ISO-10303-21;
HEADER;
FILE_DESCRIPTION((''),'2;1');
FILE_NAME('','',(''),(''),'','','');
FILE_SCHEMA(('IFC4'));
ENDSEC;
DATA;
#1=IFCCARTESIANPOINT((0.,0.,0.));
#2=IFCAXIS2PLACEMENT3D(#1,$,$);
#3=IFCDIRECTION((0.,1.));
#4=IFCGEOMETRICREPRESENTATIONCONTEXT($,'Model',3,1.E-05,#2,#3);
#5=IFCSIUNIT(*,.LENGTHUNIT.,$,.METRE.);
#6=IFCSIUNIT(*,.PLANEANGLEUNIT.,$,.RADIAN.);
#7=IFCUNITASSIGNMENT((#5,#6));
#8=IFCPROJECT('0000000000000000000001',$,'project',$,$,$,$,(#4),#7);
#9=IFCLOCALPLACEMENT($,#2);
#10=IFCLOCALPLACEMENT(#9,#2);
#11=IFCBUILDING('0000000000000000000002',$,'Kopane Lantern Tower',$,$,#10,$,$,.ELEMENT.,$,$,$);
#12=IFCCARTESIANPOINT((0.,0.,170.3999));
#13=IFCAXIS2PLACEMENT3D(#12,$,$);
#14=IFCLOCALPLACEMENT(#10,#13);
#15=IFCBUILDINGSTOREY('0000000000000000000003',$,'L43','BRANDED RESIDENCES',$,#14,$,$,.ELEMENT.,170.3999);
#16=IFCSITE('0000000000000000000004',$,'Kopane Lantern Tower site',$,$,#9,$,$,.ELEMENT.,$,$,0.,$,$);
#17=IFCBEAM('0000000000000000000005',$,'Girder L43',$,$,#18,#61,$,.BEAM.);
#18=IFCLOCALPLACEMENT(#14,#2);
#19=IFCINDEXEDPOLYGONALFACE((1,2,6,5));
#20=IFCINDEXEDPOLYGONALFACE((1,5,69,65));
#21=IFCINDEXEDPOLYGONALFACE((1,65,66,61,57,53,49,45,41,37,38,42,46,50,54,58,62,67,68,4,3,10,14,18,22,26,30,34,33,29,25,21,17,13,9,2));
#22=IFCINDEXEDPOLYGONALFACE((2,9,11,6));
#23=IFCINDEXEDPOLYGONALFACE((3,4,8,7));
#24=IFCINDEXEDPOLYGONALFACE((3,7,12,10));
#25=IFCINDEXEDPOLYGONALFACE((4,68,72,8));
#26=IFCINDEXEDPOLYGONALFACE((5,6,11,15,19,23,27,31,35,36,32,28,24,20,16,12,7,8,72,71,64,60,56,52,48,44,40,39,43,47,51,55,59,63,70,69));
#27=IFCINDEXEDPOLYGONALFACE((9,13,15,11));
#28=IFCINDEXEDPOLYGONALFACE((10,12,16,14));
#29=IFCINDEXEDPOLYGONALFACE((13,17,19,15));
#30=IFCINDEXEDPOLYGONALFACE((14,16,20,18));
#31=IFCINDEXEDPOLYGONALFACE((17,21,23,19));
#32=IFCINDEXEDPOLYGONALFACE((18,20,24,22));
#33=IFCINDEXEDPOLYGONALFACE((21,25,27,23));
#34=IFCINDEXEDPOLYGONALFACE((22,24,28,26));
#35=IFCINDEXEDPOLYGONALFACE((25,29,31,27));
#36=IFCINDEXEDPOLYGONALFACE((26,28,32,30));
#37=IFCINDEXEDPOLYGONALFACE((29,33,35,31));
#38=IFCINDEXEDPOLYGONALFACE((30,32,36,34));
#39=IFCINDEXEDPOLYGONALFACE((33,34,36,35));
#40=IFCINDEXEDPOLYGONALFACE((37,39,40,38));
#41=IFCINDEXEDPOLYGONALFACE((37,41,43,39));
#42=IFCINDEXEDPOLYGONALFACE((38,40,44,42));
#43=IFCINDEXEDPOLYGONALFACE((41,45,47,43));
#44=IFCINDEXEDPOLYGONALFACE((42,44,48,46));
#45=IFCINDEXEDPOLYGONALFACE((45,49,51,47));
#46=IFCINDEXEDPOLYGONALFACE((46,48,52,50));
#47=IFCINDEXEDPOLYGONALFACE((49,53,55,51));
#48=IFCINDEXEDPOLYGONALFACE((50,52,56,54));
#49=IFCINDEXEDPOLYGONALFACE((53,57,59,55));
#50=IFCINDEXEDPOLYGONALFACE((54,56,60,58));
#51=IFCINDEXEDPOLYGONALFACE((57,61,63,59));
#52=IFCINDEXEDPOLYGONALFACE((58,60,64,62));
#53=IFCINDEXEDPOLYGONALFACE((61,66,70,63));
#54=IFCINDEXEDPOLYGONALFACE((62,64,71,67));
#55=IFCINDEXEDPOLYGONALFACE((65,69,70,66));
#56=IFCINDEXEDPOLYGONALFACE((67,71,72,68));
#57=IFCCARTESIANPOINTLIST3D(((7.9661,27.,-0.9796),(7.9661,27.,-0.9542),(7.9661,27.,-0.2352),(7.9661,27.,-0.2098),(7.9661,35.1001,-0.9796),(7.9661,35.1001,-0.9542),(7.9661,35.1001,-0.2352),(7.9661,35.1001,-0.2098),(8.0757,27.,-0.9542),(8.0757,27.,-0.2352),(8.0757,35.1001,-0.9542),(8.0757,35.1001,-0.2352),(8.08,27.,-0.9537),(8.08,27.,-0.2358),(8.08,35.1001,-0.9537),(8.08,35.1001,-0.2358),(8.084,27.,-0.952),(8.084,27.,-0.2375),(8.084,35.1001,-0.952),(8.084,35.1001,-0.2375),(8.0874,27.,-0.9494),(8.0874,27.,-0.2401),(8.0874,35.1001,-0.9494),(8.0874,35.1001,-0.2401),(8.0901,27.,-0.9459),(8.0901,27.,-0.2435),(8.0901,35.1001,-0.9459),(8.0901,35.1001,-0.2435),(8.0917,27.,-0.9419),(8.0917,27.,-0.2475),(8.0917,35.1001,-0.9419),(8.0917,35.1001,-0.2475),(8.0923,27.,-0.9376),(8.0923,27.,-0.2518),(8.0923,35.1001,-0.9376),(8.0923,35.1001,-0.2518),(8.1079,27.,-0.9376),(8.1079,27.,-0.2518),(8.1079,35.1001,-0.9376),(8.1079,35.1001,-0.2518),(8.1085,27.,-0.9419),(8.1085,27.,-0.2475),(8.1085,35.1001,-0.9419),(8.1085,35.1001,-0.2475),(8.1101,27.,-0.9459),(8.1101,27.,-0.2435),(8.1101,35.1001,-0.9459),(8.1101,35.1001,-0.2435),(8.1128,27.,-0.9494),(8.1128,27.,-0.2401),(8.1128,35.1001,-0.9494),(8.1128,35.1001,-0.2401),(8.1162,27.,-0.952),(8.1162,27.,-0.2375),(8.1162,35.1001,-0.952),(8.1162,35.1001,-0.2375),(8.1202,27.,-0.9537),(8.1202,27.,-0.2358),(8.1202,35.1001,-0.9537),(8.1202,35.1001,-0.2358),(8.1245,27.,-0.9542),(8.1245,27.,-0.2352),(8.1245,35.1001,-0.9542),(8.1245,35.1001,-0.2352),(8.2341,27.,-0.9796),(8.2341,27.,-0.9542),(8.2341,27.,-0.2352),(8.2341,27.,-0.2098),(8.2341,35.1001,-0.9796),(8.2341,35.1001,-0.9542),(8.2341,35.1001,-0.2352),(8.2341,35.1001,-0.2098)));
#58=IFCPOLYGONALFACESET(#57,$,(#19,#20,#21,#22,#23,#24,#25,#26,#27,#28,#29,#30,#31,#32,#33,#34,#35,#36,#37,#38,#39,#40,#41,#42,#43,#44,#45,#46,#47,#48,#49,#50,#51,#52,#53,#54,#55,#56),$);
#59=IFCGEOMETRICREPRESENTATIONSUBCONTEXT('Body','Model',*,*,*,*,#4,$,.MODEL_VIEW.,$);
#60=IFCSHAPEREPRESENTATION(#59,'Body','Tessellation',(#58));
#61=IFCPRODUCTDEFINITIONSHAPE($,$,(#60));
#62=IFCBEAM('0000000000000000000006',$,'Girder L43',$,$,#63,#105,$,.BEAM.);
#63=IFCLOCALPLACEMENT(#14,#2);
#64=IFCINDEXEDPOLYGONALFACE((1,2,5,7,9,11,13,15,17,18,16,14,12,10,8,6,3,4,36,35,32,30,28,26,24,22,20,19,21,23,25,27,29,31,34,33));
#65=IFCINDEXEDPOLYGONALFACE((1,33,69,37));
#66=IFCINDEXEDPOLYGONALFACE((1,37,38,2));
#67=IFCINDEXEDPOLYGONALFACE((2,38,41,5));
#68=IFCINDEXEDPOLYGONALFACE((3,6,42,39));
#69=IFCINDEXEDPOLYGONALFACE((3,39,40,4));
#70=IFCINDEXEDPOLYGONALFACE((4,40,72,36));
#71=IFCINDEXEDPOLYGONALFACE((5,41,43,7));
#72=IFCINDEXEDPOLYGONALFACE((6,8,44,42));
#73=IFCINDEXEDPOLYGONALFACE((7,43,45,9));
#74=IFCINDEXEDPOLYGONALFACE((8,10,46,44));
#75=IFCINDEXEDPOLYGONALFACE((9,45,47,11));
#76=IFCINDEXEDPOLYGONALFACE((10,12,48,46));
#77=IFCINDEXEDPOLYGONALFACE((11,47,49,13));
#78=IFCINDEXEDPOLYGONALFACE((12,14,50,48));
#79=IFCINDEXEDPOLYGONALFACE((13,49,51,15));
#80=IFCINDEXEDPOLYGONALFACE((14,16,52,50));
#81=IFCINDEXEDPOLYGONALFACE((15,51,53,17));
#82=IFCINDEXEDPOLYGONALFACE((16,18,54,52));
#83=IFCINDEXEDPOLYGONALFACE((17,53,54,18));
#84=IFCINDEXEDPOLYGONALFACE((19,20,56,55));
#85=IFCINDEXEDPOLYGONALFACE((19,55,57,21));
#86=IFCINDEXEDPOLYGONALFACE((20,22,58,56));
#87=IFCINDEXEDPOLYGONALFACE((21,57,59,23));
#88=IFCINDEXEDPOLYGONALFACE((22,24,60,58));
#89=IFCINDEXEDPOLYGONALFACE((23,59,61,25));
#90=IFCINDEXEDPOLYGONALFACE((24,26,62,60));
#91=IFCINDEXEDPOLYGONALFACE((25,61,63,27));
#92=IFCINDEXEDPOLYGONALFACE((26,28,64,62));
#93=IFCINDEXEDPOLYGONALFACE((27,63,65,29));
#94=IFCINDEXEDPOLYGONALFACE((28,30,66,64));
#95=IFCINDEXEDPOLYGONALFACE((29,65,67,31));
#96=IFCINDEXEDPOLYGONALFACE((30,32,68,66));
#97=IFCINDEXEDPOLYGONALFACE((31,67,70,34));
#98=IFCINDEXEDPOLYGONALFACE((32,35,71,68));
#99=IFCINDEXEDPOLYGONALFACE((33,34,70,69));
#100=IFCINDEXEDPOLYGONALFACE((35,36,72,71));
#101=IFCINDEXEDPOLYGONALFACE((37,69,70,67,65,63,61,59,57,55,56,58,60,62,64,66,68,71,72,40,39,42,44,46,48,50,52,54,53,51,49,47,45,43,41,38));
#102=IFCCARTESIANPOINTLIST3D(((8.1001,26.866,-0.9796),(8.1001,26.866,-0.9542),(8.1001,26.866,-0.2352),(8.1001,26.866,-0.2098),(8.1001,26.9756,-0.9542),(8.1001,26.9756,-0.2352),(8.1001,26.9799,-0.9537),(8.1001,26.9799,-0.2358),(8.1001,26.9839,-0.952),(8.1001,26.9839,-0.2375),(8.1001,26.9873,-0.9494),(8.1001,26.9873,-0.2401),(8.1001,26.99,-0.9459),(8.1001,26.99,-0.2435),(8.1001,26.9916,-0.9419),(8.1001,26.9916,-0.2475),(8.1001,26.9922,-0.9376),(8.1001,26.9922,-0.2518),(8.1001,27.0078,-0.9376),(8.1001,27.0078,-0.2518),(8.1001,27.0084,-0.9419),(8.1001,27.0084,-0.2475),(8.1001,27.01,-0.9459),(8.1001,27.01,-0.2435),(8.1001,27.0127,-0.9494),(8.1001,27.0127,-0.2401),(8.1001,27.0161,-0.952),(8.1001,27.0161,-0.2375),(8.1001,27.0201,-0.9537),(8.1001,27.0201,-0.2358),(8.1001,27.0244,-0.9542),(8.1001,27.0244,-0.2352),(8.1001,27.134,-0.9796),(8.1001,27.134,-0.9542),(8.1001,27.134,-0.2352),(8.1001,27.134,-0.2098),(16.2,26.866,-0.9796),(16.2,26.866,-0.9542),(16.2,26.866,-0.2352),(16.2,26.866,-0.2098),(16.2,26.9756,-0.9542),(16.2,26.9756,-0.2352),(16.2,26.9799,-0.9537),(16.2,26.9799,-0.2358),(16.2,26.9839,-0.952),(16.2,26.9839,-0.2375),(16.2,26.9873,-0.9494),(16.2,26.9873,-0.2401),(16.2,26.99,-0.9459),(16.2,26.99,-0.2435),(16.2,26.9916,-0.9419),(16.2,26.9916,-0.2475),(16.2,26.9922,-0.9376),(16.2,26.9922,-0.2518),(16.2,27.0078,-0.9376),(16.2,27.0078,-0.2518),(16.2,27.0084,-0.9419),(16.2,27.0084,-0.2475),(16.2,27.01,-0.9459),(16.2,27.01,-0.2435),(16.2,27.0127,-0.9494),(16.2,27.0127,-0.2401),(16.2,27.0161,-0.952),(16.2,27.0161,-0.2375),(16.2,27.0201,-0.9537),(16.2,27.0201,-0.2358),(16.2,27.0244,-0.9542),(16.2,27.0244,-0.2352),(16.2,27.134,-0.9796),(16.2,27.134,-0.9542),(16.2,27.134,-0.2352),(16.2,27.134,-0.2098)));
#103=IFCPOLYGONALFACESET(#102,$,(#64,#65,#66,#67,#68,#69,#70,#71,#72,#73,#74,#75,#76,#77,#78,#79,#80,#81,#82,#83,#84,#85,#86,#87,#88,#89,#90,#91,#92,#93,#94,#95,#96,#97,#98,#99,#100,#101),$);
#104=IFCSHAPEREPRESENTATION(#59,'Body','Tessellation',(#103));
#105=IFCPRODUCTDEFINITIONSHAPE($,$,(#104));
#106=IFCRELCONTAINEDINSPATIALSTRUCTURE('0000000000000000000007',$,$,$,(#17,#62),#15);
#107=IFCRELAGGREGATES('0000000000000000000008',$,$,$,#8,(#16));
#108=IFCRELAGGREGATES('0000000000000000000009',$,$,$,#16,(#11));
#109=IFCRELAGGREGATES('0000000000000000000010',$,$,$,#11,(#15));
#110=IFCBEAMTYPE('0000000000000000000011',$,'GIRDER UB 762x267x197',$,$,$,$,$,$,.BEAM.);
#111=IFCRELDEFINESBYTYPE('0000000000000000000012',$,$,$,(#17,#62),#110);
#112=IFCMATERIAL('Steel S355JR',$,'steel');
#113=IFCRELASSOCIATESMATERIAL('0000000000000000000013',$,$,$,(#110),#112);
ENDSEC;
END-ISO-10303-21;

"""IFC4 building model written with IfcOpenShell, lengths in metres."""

from ifc_helpers import new_model, si_unit, direction, frame, origin, origin_2d, place, context, subcontext, project, spatial, i_section, extrude, material, material_profile, profile_set, type_object, element, save


model = new_model("IFC4")

# Units and contexts
model_context = context("Model", 3, precision=1e-05, world=origin(), true_north=direction((0.0, 1.0)))
body_context = subcontext(model_context, "Body", "Model", "MODEL_VIEW")
ifc_project = project(units=[si_unit("LENGTHUNIT", "METRE"), si_unit("PLANEANGLEUNIT", "RADIAN")], contexts=[model_context])

# Site, building, storey
site_placement = place(None, origin())
site = spatial("IfcSite", under=ifc_project, at=site_placement, Name="Kopane Lantern Tower site", CompositionType="ELEMENT", RefElevation=0.0)
building_placement = place(site_placement, origin())
building = spatial("IfcBuilding", under=site, at=building_placement, Name="Kopane Lantern Tower", CompositionType="ELEMENT")
storey_placement = place(building_placement, frame((0.0, 0.0, 170.3999)))
storey = spatial("IfcBuildingStorey", under=building, at=storey_placement, Name="L43", Description="BRANDED RESIDENCES", CompositionType="ELEMENT", Elevation=170.3999)

# Beams
ifc_material_1 = material(Name="Steel S355JR", Category="steel")
ifc_material_profile_1 = material_profile(ifc_material_1, i_section(OverallWidth=0.2681, OverallDepth=0.7698, WebThickness=0.0156, FlangeThickness=0.0254, FilletRadius=0.0166, at=origin_2d()), Name="UB 762x267x197")
ifc_profile_set_1 = profile_set([ifc_material_profile_1], Name="Steel S355JR")
beam_type = type_object("IfcBeamType", Name="GIRDER UB 762x267x197", PredefinedType="BEAM", material=ifc_profile_set_1)
for number, where, z_axis, x_axis, name in (
    (1, (8.1001, 27.0, -0.5947), (0.0, 1.0, 0.0), (-1.0, 0.0, 0.0), "Girder L43"),
):
    element("IfcBeam", number, at=place(storey_placement, frame(where, z_axis=z_axis, x_axis=x_axis)), inside=storey, type_object=beam_type, Name=name, PredefinedType="BEAM", context=body_context, shape_type="SweptSolid", body=[
        extrude(i_section(OverallWidth=0.2681, OverallDepth=0.7698, WebThickness=0.0156, FlangeThickness=0.0254, FilletRadius=0.0166, at=origin_2d()), origin(), (0.0, 0.0, 1.0), 8.1001),
    ])
beam_placement = place(storey_placement, frame((8.1001, 27.0, -0.5947), z_axis=(1.0, 0.0, 0.0), x_axis=(0.0, 1.0, 0.0)))
element("IfcBeam", 2, at=beam_placement, inside=storey, type_object=beam_type, Name="Girder L43", PredefinedType="BEAM", context=body_context, shape_type="SweptSolid", body=[
    extrude(i_section(OverallWidth=0.2681, OverallDepth=0.7698, WebThickness=0.0156, FlangeThickness=0.0254, FilletRadius=0.0166, at=origin_2d()), origin(), (0.0, 0.0, 1.0), 8.0999),
])

save(model, "model.ifc")
